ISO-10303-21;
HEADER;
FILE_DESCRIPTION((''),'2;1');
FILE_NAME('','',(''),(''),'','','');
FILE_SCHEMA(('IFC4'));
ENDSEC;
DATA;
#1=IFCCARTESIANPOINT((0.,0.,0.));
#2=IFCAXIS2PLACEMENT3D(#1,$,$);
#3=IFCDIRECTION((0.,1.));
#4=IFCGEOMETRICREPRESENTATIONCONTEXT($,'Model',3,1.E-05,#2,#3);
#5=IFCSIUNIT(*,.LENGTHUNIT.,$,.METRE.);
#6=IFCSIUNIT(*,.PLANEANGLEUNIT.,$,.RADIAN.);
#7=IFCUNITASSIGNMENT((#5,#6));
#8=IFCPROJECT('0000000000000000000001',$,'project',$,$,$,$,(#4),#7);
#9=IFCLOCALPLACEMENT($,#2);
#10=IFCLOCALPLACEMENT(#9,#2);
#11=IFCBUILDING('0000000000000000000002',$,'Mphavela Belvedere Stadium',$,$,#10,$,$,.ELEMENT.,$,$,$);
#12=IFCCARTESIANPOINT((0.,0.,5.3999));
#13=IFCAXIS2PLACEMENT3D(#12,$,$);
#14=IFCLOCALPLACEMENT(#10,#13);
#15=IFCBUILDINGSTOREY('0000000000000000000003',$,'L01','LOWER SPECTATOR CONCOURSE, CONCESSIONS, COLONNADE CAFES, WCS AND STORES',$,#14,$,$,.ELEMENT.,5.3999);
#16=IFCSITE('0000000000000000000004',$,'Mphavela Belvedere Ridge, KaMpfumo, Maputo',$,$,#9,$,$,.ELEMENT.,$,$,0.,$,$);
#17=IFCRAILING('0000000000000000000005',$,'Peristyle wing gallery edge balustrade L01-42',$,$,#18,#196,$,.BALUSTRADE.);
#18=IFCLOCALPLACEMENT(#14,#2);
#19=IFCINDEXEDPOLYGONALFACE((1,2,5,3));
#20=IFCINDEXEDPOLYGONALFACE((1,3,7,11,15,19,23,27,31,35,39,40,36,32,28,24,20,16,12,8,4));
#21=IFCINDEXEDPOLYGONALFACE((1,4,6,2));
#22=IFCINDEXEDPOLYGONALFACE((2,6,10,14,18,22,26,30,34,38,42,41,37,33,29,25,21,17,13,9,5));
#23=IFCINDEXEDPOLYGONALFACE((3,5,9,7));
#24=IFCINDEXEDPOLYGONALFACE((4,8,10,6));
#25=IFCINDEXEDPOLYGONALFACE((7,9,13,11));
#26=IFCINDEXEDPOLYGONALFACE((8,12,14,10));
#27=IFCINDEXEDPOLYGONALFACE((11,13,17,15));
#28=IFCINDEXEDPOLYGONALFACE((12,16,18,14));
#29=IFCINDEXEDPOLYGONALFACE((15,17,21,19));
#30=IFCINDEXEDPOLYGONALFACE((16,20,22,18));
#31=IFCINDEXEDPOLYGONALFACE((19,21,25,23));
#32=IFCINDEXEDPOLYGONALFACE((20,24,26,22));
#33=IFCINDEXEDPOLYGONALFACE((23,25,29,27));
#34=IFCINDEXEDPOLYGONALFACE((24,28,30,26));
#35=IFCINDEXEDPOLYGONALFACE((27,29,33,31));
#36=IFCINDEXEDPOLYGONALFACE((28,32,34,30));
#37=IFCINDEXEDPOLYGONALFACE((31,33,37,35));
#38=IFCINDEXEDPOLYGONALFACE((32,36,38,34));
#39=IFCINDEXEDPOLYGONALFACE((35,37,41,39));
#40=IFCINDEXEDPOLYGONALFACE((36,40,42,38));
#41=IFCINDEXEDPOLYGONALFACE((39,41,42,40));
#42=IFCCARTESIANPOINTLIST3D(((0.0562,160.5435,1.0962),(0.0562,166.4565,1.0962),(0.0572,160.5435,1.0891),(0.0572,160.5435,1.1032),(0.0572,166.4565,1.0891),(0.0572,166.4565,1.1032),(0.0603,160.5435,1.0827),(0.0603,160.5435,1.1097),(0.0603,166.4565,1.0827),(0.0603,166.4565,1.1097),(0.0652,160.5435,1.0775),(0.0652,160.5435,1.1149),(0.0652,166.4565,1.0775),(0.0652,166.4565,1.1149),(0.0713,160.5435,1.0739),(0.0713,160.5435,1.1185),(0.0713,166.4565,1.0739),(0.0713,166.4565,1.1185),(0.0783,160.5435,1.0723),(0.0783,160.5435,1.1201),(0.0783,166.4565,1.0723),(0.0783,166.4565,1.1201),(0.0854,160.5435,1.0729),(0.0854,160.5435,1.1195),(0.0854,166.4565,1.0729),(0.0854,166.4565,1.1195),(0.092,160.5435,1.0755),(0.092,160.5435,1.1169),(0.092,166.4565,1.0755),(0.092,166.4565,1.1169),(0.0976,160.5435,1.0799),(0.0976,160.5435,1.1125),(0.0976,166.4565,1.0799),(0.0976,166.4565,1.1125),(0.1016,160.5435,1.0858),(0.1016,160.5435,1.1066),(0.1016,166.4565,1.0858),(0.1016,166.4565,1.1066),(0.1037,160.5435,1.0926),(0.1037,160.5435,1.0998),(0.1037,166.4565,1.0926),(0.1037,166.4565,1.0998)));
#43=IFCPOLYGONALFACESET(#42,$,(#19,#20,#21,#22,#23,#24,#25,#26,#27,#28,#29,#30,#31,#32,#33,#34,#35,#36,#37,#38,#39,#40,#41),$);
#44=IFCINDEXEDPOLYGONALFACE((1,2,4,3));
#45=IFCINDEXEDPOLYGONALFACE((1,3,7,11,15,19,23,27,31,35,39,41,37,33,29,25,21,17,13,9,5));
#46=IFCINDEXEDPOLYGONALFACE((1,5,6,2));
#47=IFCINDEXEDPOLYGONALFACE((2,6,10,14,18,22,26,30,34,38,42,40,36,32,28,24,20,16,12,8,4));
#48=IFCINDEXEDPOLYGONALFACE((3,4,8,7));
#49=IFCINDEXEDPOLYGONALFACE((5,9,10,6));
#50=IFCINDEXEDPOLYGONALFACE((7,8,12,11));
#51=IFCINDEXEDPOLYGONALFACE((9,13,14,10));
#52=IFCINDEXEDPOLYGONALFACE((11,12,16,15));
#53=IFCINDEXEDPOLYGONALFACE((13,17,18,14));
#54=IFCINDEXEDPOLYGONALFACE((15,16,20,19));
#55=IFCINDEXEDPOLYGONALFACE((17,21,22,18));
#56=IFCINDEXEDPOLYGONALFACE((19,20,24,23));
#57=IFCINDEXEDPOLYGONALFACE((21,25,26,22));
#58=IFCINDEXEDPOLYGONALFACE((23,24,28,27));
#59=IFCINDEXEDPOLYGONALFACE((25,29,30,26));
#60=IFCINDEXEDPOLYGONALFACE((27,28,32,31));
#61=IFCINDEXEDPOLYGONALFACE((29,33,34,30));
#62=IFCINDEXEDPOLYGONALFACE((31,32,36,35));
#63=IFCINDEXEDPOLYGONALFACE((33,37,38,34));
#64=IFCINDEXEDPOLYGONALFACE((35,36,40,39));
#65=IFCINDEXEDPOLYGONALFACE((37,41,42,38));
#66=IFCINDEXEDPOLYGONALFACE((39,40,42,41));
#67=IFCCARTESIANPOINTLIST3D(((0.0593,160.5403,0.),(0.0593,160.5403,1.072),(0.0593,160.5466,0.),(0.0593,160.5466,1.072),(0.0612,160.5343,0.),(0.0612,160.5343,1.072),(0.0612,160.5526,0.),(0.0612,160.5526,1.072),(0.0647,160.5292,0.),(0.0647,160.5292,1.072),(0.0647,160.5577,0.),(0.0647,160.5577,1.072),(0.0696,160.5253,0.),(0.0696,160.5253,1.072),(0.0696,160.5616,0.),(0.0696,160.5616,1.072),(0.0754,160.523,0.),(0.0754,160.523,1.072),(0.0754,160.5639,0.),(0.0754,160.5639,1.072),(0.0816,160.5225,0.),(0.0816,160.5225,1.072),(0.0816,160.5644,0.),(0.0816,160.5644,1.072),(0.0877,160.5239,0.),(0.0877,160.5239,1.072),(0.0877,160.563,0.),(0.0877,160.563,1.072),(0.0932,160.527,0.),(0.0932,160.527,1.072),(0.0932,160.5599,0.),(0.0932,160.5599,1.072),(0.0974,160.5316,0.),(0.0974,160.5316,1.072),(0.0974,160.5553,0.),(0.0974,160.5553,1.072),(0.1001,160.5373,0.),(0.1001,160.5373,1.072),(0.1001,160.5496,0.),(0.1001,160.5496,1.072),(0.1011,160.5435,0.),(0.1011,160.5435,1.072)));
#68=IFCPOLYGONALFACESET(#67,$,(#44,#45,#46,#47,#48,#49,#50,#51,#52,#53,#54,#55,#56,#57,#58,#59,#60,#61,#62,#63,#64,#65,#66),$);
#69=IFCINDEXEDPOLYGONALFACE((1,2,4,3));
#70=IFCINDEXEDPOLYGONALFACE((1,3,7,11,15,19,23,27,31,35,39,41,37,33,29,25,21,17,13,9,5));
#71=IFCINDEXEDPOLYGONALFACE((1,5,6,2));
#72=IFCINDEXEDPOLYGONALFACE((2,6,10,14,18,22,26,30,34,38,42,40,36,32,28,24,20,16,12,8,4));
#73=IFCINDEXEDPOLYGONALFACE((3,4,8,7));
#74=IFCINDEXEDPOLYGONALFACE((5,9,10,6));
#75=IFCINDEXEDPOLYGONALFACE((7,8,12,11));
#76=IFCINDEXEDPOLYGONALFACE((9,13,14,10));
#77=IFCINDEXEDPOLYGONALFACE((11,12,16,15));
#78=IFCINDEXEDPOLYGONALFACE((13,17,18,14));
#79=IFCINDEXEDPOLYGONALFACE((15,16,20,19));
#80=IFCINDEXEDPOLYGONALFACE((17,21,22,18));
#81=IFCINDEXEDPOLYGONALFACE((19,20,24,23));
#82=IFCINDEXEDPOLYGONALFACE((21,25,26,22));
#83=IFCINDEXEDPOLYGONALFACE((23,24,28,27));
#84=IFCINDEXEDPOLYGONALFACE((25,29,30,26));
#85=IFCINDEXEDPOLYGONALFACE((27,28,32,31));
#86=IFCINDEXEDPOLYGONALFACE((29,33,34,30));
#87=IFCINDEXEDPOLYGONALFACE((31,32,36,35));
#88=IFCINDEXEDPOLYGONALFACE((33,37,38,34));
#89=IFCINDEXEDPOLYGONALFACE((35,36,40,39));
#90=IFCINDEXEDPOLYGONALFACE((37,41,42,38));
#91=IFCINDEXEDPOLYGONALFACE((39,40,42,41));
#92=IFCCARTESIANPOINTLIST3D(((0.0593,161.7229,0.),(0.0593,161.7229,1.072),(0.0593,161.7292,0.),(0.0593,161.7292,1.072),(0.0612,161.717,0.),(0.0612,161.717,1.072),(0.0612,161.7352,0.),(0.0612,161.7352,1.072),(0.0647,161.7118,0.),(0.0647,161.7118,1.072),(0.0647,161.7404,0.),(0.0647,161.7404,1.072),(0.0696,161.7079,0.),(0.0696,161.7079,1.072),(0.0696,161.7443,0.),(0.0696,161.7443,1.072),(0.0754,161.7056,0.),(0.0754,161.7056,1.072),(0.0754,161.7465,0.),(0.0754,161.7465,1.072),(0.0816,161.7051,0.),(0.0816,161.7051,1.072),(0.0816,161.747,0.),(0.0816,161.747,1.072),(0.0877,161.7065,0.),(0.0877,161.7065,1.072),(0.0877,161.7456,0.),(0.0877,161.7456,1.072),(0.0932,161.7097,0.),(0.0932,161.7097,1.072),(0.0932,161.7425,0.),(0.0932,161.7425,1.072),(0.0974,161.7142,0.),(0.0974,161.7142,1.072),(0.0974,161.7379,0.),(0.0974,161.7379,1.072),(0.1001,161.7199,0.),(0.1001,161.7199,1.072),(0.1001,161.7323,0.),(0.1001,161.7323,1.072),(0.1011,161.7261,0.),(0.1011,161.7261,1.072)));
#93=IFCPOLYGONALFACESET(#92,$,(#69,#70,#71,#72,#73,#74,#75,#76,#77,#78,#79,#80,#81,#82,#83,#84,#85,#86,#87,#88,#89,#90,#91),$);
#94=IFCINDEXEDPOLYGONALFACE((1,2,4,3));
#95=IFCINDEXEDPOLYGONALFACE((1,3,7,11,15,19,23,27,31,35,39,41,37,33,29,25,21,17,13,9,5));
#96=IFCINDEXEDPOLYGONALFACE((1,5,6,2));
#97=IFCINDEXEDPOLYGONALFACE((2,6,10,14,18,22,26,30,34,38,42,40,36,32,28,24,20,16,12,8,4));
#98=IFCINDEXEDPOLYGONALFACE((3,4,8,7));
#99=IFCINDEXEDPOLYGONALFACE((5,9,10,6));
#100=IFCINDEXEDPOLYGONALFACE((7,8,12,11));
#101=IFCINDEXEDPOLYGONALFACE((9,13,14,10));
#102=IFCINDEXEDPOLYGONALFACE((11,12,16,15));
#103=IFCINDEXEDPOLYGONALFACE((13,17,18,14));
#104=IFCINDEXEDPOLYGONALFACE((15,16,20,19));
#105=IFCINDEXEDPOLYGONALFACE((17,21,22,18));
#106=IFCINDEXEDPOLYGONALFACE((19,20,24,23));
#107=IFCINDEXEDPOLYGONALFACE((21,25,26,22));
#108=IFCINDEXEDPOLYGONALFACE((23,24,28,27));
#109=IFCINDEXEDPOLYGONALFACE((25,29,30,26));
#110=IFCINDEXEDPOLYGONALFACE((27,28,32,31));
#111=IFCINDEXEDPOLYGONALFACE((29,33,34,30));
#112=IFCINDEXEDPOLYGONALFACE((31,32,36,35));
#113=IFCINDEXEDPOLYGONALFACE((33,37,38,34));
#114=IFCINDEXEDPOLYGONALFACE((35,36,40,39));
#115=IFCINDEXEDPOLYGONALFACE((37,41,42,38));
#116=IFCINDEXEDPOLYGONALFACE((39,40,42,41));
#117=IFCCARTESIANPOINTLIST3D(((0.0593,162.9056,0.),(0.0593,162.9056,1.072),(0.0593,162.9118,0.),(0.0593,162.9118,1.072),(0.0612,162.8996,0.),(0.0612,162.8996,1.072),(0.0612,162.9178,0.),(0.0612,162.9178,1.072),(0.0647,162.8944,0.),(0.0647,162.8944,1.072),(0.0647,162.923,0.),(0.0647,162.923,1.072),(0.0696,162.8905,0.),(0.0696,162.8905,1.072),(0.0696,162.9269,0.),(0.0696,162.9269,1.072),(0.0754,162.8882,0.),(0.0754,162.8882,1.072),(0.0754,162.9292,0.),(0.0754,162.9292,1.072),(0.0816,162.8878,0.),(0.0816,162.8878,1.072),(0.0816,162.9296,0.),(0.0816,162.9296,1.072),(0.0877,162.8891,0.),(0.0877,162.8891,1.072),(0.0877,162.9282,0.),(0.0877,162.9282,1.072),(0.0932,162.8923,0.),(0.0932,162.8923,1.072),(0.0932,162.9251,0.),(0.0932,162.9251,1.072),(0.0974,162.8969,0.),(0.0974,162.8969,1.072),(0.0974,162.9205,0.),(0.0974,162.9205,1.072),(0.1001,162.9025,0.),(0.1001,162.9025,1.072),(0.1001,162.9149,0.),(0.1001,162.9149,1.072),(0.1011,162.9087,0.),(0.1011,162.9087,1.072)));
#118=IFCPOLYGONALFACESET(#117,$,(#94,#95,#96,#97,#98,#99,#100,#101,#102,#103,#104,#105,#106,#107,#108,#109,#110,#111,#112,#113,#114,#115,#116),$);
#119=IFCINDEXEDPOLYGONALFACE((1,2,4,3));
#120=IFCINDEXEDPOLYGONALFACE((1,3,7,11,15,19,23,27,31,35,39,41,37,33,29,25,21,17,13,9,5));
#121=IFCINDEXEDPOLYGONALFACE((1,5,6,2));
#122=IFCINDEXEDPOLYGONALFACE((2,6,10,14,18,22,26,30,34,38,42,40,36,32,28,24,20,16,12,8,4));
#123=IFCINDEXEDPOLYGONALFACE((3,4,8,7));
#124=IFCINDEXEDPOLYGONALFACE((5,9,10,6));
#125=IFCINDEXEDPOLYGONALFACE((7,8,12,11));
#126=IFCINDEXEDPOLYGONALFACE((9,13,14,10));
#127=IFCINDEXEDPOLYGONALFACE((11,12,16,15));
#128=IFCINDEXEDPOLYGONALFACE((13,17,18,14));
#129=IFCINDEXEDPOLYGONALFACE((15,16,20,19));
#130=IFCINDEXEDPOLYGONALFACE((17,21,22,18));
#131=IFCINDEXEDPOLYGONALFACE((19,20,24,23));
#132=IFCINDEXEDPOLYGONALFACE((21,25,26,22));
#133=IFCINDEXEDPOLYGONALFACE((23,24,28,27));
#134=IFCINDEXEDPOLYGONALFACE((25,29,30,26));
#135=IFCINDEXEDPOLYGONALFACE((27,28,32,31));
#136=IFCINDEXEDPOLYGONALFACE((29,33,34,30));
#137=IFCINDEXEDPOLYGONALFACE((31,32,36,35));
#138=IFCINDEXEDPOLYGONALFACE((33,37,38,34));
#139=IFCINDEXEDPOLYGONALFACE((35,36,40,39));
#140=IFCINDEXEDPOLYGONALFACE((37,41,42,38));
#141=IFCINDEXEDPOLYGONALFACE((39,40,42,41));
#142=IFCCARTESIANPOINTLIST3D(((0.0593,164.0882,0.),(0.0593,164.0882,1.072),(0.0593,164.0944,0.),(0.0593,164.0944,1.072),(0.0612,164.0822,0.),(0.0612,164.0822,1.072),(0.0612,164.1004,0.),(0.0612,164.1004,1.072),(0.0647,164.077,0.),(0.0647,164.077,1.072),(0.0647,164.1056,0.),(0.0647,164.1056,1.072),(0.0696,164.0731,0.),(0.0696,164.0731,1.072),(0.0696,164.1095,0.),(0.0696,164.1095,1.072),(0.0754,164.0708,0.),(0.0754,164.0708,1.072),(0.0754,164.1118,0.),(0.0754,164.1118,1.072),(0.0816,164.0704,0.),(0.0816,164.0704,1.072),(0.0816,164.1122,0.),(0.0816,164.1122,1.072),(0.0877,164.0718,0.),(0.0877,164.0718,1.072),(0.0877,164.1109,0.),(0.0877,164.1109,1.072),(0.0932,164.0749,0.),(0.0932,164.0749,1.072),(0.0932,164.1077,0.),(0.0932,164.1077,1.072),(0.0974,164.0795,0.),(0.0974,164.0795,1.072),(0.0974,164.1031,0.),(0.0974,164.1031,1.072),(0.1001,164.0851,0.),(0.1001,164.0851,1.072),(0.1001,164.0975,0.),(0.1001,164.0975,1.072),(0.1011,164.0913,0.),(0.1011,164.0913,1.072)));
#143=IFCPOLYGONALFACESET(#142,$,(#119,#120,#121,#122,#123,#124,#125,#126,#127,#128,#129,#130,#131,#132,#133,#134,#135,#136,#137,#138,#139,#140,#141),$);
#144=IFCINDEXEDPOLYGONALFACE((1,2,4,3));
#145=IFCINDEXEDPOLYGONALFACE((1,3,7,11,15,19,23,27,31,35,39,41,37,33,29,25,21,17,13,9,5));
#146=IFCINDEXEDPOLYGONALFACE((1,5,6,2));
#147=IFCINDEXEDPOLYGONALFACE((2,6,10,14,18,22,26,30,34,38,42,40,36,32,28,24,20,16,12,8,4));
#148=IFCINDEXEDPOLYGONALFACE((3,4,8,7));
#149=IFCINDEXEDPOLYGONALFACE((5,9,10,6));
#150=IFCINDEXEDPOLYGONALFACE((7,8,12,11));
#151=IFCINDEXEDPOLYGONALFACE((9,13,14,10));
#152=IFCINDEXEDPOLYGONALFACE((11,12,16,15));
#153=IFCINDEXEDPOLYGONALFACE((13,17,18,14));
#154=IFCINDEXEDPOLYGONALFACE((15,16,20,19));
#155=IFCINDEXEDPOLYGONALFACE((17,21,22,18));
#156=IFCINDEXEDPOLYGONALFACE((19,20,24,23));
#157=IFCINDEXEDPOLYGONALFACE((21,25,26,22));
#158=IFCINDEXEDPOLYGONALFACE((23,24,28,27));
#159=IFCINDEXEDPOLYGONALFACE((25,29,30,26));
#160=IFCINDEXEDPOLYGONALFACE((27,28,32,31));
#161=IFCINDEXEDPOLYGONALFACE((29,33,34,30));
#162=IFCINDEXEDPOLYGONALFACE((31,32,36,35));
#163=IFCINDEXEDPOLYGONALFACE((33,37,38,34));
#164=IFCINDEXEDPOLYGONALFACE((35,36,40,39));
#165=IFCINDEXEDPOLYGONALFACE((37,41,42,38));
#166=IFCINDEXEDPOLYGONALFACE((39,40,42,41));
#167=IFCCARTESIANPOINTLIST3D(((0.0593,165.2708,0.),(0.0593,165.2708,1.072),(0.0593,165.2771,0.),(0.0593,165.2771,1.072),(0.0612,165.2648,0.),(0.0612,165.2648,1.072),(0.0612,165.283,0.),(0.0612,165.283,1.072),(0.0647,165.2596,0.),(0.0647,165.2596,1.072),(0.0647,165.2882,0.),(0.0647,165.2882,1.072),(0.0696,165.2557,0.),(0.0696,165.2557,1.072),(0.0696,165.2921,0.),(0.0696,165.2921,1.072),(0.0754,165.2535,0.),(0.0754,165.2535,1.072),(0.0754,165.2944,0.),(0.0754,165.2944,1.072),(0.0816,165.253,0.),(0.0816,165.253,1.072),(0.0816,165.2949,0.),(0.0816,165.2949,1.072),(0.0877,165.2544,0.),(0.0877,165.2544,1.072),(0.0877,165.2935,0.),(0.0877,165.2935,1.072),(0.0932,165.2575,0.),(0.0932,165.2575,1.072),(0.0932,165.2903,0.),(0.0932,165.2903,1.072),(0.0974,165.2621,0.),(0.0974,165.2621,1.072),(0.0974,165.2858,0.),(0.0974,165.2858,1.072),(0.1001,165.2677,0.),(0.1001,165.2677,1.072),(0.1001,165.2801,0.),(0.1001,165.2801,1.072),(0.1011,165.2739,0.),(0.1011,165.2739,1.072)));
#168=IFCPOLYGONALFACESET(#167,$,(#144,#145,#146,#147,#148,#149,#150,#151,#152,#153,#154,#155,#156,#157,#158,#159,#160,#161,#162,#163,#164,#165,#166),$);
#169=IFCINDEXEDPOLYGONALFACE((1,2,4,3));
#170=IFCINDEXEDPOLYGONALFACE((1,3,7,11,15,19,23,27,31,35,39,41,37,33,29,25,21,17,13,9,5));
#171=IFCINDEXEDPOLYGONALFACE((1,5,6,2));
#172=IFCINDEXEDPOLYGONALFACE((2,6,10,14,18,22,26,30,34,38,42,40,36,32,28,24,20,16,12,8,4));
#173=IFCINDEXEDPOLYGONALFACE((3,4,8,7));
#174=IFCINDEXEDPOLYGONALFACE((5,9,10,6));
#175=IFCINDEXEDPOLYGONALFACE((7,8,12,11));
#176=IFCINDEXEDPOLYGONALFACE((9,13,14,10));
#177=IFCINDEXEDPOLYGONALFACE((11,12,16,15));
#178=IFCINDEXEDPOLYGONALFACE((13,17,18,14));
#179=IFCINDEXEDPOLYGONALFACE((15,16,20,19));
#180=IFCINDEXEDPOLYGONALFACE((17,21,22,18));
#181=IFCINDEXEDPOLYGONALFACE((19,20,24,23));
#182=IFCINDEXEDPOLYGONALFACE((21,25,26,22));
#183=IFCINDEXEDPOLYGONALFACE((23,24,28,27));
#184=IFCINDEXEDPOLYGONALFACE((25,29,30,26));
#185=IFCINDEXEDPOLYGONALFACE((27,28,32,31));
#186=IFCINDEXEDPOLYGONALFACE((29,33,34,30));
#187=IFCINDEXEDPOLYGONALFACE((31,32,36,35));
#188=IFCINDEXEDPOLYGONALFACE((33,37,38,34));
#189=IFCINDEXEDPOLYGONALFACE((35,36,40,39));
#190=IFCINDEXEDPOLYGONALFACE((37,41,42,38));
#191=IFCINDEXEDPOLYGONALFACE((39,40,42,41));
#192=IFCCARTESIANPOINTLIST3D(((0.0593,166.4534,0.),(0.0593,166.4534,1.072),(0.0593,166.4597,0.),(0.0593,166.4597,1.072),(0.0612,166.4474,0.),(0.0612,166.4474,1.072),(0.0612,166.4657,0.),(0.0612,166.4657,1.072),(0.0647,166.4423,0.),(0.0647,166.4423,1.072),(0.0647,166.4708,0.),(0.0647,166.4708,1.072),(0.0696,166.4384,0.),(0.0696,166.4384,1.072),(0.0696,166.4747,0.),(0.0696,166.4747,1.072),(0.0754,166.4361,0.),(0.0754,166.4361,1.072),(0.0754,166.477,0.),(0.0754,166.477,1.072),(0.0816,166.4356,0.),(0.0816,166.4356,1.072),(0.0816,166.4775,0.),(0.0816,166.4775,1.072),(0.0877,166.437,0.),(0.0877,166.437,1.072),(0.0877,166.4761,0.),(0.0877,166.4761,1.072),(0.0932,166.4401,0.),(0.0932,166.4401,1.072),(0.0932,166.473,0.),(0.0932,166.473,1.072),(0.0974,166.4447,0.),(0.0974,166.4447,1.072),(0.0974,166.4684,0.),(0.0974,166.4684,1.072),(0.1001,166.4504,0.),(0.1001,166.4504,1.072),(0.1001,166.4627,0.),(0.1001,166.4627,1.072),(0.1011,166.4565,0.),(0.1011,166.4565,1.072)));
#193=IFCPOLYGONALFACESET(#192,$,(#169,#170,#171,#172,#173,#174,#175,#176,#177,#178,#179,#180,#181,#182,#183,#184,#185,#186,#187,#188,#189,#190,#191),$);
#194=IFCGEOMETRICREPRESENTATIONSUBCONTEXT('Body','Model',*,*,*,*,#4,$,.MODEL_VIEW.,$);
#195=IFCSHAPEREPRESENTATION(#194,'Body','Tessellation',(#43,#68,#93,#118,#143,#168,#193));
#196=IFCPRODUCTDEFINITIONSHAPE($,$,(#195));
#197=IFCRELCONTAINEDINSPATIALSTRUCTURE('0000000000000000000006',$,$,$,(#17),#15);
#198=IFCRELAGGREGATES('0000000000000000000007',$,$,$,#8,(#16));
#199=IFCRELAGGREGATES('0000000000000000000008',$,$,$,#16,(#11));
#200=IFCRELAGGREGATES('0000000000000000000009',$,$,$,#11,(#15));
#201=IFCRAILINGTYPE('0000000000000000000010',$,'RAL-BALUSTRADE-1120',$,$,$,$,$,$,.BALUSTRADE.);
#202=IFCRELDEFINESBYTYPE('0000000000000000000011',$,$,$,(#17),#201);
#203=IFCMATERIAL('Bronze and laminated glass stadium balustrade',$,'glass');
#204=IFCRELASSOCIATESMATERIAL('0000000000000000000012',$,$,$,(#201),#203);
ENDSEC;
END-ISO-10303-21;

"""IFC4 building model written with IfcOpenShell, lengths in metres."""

from ifc_helpers import new_model, si_unit, direction, frame, origin, origin_2d, place, context, subcontext, project, spatial, circle, extrude, material, type_object, element, save


model = new_model("IFC4")

# Units and contexts
model_context = context("Model", 3, precision=1e-05, world=origin(), true_north=direction((0.0, 1.0)))
body_context = subcontext(model_context, "Body", "Model", "MODEL_VIEW")
ifc_project = project(units=[si_unit("LENGTHUNIT", "METRE"), si_unit("PLANEANGLEUNIT", "RADIAN")], contexts=[model_context])

# Site, building, storey
site_placement = place(None, origin())
site = spatial("IfcSite", under=ifc_project, at=site_placement, Name="Mphavela Belvedere Ridge, KaMpfumo, Maputo", CompositionType="ELEMENT", RefElevation=0.0)
building_placement = place(site_placement, origin())
building = spatial("IfcBuilding", under=site, at=building_placement, Name="Mphavela Belvedere Stadium", CompositionType="ELEMENT")
storey_placement = place(building_placement, frame((0.0, 0.0, 5.3999)))
storey = spatial("IfcBuildingStorey", under=building, at=storey_placement, Name="L01", Description="LOWER SPECTATOR CONCOURSE, CONCESSIONS, COLONNADE CAFES, WCS AND STORES", CompositionType="ELEMENT", Elevation=5.3999)

# Railing
ifc_material_1 = material(Name="Bronze and laminated glass stadium balustrade", Category="glass")
railing_type = type_object("IfcRailingType", Name="RAL-BALUSTRADE-1120", PredefinedType="BALUSTRADE", material=ifc_material_1)
for number, where, name in (
    (1, (0.0801, 160.5435, 0.0), "Peristyle wing gallery edge balustrade L01-42"),
):
    element("IfcRailing", number, at=place(storey_placement, frame(where)), inside=storey, type_object=railing_type, Name=name, PredefinedType="BALUSTRADE", context=body_context, shape_type="SweptSolid", body=[
        extrude(circle(Radius=0.0239, at=origin_2d()), frame((0.0, 0.0, 1.0962), z_axis=(0.0, 1.0, 0.0), x_axis=(-1.0, 0.0, 0.0)), (0.0, 0.0, 1.0), 5.9131),
        extrude(circle(Radius=0.021, at=origin_2d()), origin(), (0.0, 0.0, 1.0), 1.072),
        extrude(circle(Radius=0.021, at=origin_2d()), frame((0.0, 1.1826, 0.0)), (0.0, 0.0, 1.0), 1.072),
        extrude(circle(Radius=0.021, at=origin_2d()), frame((0.0, 2.3652, 0.0)), (0.0, 0.0, 1.0), 1.072),
        extrude(circle(Radius=0.021, at=origin_2d()), frame((0.0, 3.5479, 0.0)), (0.0, 0.0, 1.0), 1.072),
        extrude(circle(Radius=0.021, at=origin_2d()), frame((0.0, 4.7305, 0.0)), (0.0, 0.0, 1.0), 1.072),
        extrude(circle(Radius=0.021, at=origin_2d()), frame((0.0, 5.9131, 0.0)), (0.0, 0.0, 1.0), 1.072),
    ])

save(model, "model.ifc")
